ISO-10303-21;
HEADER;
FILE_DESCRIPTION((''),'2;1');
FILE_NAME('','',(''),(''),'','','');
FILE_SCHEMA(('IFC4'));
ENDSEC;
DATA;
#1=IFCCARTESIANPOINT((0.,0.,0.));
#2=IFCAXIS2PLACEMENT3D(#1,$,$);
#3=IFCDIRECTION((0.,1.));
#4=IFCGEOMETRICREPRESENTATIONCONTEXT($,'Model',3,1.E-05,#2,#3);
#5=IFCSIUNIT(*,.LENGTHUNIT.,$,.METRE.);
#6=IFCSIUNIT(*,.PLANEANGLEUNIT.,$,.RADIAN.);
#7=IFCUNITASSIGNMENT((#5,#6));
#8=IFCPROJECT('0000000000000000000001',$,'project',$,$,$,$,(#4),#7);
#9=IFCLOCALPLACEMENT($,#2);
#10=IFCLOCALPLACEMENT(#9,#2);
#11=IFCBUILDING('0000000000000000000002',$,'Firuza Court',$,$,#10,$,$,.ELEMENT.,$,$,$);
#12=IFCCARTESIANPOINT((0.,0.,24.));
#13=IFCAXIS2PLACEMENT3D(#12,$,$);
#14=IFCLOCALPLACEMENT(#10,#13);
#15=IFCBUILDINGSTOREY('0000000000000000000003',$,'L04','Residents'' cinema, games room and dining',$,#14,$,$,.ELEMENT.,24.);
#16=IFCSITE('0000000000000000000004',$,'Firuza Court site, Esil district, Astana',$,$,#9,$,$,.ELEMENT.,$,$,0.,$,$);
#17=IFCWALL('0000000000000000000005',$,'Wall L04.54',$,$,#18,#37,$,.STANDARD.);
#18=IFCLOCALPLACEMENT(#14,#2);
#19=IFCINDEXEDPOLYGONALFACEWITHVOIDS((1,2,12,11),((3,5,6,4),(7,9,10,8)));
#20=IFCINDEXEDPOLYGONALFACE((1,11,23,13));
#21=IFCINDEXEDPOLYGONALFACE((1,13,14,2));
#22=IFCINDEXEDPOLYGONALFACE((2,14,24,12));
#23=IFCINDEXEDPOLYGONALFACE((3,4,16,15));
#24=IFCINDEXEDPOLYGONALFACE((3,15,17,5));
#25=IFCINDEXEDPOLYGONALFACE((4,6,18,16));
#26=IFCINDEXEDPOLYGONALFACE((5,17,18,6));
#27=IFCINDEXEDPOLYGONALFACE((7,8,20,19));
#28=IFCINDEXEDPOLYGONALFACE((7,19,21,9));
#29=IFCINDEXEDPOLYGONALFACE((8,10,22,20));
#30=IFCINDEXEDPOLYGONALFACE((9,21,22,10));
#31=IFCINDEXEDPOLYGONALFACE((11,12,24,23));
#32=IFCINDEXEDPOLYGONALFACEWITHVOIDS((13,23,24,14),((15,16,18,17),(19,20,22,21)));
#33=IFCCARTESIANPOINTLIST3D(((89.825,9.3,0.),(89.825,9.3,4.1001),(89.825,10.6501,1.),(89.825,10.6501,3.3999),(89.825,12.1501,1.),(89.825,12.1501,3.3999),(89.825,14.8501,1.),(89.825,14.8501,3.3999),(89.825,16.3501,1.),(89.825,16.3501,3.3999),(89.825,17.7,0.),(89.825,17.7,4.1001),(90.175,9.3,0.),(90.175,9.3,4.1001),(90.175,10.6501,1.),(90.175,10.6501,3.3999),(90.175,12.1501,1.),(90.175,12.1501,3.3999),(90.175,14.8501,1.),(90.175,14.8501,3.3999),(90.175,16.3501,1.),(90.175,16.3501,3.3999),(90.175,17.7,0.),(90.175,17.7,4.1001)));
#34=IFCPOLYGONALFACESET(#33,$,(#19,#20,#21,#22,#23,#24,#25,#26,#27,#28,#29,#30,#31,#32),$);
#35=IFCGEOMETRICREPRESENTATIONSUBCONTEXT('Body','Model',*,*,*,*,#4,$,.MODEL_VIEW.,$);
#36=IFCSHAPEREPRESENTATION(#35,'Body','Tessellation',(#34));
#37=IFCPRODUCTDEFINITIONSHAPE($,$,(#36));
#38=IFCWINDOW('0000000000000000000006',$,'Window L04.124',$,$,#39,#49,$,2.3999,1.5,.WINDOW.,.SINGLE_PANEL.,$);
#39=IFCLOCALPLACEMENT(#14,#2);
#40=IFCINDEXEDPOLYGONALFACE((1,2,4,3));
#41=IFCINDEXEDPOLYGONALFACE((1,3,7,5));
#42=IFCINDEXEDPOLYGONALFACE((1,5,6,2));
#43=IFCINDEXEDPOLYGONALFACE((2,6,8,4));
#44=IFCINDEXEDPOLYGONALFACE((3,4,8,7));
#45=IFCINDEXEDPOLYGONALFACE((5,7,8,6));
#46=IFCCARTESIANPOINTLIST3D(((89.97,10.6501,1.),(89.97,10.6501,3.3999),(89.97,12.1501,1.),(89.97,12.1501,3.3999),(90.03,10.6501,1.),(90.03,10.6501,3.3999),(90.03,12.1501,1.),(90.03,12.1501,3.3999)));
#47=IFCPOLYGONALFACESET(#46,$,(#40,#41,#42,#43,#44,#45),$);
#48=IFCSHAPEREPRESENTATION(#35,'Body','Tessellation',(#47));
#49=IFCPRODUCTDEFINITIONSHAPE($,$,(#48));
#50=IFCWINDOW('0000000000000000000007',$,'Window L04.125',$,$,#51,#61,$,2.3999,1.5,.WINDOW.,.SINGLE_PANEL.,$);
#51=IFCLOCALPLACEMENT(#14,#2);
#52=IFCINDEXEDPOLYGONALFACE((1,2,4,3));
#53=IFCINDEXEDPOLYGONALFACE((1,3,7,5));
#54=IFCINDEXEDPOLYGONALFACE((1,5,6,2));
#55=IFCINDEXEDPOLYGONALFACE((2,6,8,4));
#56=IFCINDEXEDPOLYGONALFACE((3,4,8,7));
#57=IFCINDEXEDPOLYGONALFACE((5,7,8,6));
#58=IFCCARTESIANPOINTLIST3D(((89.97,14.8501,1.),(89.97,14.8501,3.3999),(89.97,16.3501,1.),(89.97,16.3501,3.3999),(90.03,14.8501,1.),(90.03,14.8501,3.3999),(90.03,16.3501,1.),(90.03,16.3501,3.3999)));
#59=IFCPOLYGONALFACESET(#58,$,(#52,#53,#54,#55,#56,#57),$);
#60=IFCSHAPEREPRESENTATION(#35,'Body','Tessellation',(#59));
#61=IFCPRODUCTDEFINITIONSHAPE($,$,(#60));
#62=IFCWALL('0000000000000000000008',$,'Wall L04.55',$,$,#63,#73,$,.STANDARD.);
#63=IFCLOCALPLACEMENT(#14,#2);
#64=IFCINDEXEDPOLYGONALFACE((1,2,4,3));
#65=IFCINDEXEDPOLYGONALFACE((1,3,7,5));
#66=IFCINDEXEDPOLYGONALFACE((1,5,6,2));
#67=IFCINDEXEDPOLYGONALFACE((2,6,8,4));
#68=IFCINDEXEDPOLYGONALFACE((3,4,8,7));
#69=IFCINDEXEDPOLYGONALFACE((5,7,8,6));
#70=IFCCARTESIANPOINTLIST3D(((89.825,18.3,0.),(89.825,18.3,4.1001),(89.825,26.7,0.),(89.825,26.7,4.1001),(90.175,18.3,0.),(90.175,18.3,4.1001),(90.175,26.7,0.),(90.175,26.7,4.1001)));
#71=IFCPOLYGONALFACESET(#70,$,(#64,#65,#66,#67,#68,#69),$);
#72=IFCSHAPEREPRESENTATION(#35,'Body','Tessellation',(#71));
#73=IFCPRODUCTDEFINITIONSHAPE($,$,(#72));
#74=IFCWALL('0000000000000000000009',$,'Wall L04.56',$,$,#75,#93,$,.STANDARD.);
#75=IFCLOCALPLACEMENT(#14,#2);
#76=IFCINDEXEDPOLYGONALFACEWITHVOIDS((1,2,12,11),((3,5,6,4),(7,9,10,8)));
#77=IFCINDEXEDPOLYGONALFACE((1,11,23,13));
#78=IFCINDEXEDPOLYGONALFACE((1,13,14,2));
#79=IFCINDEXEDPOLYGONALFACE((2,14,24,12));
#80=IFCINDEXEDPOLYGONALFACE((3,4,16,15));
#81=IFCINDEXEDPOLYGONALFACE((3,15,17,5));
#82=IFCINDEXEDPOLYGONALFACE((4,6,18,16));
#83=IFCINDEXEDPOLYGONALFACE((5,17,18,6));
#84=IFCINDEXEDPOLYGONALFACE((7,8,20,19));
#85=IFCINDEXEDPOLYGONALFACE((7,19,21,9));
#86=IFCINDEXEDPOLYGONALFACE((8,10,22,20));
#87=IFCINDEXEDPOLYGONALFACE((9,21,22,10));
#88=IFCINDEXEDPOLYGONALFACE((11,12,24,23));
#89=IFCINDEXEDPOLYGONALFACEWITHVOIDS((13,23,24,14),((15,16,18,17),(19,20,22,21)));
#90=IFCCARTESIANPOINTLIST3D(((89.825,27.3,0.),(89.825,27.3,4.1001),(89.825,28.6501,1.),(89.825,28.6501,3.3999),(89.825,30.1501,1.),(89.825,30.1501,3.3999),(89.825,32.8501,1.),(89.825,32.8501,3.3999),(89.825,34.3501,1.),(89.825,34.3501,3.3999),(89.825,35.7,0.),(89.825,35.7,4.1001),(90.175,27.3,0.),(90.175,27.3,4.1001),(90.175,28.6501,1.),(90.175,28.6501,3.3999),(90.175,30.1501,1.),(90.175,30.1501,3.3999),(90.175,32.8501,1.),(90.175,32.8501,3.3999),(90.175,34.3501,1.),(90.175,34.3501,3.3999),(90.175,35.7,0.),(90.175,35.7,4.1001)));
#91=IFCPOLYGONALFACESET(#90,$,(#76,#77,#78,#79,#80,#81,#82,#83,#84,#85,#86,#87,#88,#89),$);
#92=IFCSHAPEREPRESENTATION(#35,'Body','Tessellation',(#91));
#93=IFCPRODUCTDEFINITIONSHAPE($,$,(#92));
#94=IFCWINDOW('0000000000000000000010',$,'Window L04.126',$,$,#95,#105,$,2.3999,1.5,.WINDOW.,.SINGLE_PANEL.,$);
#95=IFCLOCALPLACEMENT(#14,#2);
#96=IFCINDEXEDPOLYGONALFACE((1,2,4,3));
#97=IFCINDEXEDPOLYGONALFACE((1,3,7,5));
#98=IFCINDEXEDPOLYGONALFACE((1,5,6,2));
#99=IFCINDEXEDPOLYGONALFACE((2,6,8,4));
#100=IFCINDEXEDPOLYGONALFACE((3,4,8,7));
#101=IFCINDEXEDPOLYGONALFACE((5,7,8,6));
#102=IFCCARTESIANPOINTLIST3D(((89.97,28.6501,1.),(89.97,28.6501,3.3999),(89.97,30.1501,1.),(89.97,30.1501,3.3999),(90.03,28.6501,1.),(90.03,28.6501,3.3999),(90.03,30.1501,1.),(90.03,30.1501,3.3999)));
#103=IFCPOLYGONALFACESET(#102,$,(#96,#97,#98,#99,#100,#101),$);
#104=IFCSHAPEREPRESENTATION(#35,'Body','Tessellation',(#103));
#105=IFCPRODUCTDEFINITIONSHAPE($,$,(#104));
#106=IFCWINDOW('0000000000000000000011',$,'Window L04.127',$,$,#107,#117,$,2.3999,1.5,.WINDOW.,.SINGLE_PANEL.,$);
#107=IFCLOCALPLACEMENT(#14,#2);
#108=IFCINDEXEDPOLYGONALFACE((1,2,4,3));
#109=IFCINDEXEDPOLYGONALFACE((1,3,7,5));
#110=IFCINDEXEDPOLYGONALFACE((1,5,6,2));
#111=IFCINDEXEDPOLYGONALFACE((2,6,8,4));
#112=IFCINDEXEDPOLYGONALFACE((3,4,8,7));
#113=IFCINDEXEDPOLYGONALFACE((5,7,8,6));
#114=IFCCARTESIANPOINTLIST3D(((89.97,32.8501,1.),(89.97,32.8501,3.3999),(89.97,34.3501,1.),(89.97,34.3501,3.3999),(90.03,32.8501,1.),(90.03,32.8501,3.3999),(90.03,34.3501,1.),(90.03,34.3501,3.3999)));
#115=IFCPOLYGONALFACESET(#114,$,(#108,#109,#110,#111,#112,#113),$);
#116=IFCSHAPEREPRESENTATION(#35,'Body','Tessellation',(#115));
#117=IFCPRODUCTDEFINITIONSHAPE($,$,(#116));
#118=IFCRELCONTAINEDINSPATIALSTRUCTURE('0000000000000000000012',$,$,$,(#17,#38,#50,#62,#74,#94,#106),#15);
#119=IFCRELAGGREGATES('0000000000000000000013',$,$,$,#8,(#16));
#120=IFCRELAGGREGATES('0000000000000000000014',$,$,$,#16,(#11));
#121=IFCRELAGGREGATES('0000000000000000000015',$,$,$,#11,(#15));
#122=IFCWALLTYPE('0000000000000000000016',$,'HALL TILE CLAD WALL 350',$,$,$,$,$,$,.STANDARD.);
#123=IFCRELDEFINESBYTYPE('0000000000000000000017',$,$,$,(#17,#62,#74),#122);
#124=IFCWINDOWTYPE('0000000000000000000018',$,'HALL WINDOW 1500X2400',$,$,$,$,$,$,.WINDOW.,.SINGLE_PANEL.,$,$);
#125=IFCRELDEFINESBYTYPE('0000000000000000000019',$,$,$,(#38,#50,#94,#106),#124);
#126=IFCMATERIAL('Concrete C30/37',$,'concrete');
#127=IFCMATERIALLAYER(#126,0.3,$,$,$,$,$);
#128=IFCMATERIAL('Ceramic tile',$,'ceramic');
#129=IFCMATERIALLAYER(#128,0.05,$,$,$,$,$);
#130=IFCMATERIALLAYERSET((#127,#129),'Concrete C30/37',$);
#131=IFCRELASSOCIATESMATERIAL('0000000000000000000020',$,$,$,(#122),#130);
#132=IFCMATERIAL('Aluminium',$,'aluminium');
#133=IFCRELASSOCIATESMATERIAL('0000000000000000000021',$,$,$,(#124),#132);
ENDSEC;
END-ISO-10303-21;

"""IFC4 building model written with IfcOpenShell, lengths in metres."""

from ifc_helpers import new_model, si_unit, direction, frame, frame_2d, origin, place, context, subcontext, project, spatial, rectangle, extrude, material, layer, layer_set, type_object, element, fill, save


model = new_model("IFC4")

# Units and contexts
model_context = context("Model", 3, precision=1e-05, world=origin(), true_north=direction((0.0, 1.0)))
body_context = subcontext(model_context, "Body", "Model", "MODEL_VIEW")
ifc_project = project(units=[si_unit("LENGTHUNIT", "METRE"), si_unit("PLANEANGLEUNIT", "RADIAN")], contexts=[model_context])

# Site, building, storey
site_placement = place(None, origin())
site = spatial("IfcSite", under=ifc_project, at=site_placement, Name="Firuza Court site, Esil district, Astana", CompositionType="ELEMENT", RefElevation=0.0)
building_placement = place(site_placement, origin())
building = spatial("IfcBuilding", under=site, at=building_placement, Name="Firuza Court", CompositionType="ELEMENT")
storey_placement = place(building_placement, frame((0.0, 0.0, 24.0)))
storey = spatial("IfcBuildingStorey", under=building, at=storey_placement, Name="L04", Description="Residents' cinema, games room and dining", CompositionType="ELEMENT", Elevation=24.0)

# Shared definitions
ifc_material_1 = material(Name="Concrete C30/37", Category="concrete")
ifc_material_2 = material(Name="Ceramic tile", Category="ceramic")
ifc_layer_1 = layer(ifc_material_1, 0.3)
ifc_layer_2 = layer(ifc_material_2, 0.05)
ifc_layer_set_1 = layer_set([ifc_layer_1, ifc_layer_2], Name="Concrete C30/37")
wall_type_1 = type_object("IfcWallType", Name="HALL TILE CLAD WALL 350", PredefinedType="STANDARD", material=ifc_layer_set_1)

# Wall, openings, windows
ifc_material_3 = material(Name="Aluminium", Category="aluminium")
window_type = type_object("IfcWindowType", Name="HALL WINDOW 1500X2400", PartitioningType="SINGLE_PANEL", PredefinedType="WINDOW", material=ifc_material_3)
wall_1_placement = place(storey_placement, frame((90.0, 9.3, 0.0), z_axis=(0.0, 0.0, 1.0), x_axis=(0.0, 1.0, 0.0)))
wall_1 = element("IfcWall", 1, at=wall_1_placement, inside=storey, type_object=wall_type_1, Name="Wall L04.54", PredefinedType="STANDARD", context=body_context, shape_type="SweptSolid", body=[
    extrude(rectangle(XDim=8.3999, YDim=0.3501, at=frame_2d((4.2, 0.0))), origin(), (0.0, 0.0, 1.0), 4.1001),
])
opening_1_placement = place(wall_1_placement, frame((1.3501, 0.0, 1.0)))
opening_1 = element("IfcOpeningElement", 2, at=opening_1_placement, cuts=wall_1, PredefinedType="OPENING", context=body_context, shape_type="SweptSolid", body=[
    extrude(rectangle(XDim=1.5, YDim=2.3999, at=frame_2d((0.75, 1.2))), frame((0.0, 0.187, 0.0), z_axis=(0.0, -1.0, 0.0), x_axis=(1.0, 0.0, 0.0)), (0.0, 0.0, 1.0), 0.374),
])
opening_2_placement = place(wall_1_placement, frame((5.55, 0.0, 1.0)))
opening_2 = element("IfcOpeningElement", 3, at=opening_2_placement, cuts=wall_1, PredefinedType="OPENING", context=body_context, shape_type="SweptSolid", body=[
    extrude(rectangle(XDim=1.5, YDim=2.3999, at=frame_2d((0.75, 1.2))), frame((0.0, 0.187, 0.0), z_axis=(0.0, -1.0, 0.0), x_axis=(1.0, 0.0, 0.0)), (0.0, 0.0, 1.0), 0.374),
])
window_1_placement = place(opening_1_placement, origin())
window_1 = element("IfcWindow", 4, at=window_1_placement, inside=storey, type_object=window_type, Name="Window L04.124", OverallHeight=2.3999, OverallWidth=1.5, PartitioningType="SINGLE_PANEL", PredefinedType="WINDOW", context=body_context, shape_type="SweptSolid", body=[
    extrude(rectangle(XDim=1.5, YDim=2.3999, at=frame_2d((0.75, 1.2))), frame((0.0, 0.03, 0.0), z_axis=(0.0, -1.0, 0.0), x_axis=(1.0, 0.0, 0.0)), (0.0, 0.0, 1.0), 0.0601),
])
fill(opening_1, window_1)
window_2_placement = place(opening_2_placement, origin())
window_2 = element("IfcWindow", 5, at=window_2_placement, inside=storey, type_object=window_type, Name="Window L04.125", OverallHeight=2.3999, OverallWidth=1.5, PartitioningType="SINGLE_PANEL", PredefinedType="WINDOW", context=body_context, shape_type="SweptSolid", body=[
    extrude(rectangle(XDim=1.5, YDim=2.3999, at=frame_2d((0.75, 1.2))), frame((0.0, 0.03, 0.0), z_axis=(0.0, -1.0, 0.0), x_axis=(1.0, 0.0, 0.0)), (0.0, 0.0, 1.0), 0.0601),
])
fill(opening_2, window_2)

# Wall
wall_2_placement = place(storey_placement, frame((90.0, 18.3, 0.0), z_axis=(0.0, 0.0, 1.0), x_axis=(0.0, 1.0, 0.0)))
element("IfcWall", 6, at=wall_2_placement, inside=storey, type_object=wall_type_1, Name="Wall L04.55", PredefinedType="STANDARD", context=body_context, shape_type="SweptSolid", body=[
    extrude(rectangle(XDim=8.3999, YDim=0.3501, at=frame_2d((4.2, 0.0))), origin(), (0.0, 0.0, 1.0), 4.1001),
])

# Wall, openings, windows
wall_3_placement = place(storey_placement, frame((90.0, 27.3, 0.0), z_axis=(0.0, 0.0, 1.0), x_axis=(0.0, 1.0, 0.0)))
wall_3 = element("IfcWall", 7, at=wall_3_placement, inside=storey, type_object=wall_type_1, Name="Wall L04.56", PredefinedType="STANDARD", context=body_context, shape_type="SweptSolid", body=[
    extrude(rectangle(XDim=8.3999, YDim=0.3501, at=frame_2d((4.2, 0.0))), origin(), (0.0, 0.0, 1.0), 4.1001),
])
opening_3_placement = place(wall_3_placement, frame((1.3501, 0.0, 1.0)))
opening_3 = element("IfcOpeningElement", 8, at=opening_3_placement, cuts=wall_3, PredefinedType="OPENING", context=body_context, shape_type="SweptSolid", body=[
    extrude(rectangle(XDim=1.5, YDim=2.3999, at=frame_2d((0.75, 1.2))), frame((0.0, 0.187, 0.0), z_axis=(0.0, -1.0, 0.0), x_axis=(1.0, 0.0, 0.0)), (0.0, 0.0, 1.0), 0.374),
])
opening_4_placement = place(wall_3_placement, frame((5.55, 0.0, 1.0)))
opening_4 = element("IfcOpeningElement", 9, at=opening_4_placement, cuts=wall_3, PredefinedType="OPENING", context=body_context, shape_type="SweptSolid", body=[
    extrude(rectangle(XDim=1.5, YDim=2.3999, at=frame_2d((0.75, 1.2))), frame((0.0, 0.187, 0.0), z_axis=(0.0, -1.0, 0.0), x_axis=(1.0, 0.0, 0.0)), (0.0, 0.0, 1.0), 0.374),
])
window_3_placement = place(opening_3_placement, origin())
window_3 = element("IfcWindow", 10, at=window_3_placement, inside=storey, type_object=window_type, Name="Window L04.126", OverallHeight=2.3999, OverallWidth=1.5, PartitioningType="SINGLE_PANEL", PredefinedType="WINDOW", context=body_context, shape_type="SweptSolid", body=[
    extrude(rectangle(XDim=1.5, YDim=2.3999, at=frame_2d((0.75, 1.2))), frame((0.0, 0.03, 0.0), z_axis=(0.0, -1.0, 0.0), x_axis=(1.0, 0.0, 0.0)), (0.0, 0.0, 1.0), 0.0601),
])
fill(opening_3, window_3)
window_4_placement = place(opening_4_placement, origin())
window_4 = element("IfcWindow", 11, at=window_4_placement, inside=storey, type_object=window_type, Name="Window L04.127", OverallHeight=2.3999, OverallWidth=1.5, PartitioningType="SINGLE_PANEL", PredefinedType="WINDOW", context=body_context, shape_type="SweptSolid", body=[
    extrude(rectangle(XDim=1.5, YDim=2.3999, at=frame_2d((0.75, 1.2))), frame((0.0, 0.03, 0.0), z_axis=(0.0, -1.0, 0.0), x_axis=(1.0, 0.0, 0.0)), (0.0, 0.0, 1.0), 0.0601),
])
fill(opening_4, window_4)

save(model, "model.ifc")
